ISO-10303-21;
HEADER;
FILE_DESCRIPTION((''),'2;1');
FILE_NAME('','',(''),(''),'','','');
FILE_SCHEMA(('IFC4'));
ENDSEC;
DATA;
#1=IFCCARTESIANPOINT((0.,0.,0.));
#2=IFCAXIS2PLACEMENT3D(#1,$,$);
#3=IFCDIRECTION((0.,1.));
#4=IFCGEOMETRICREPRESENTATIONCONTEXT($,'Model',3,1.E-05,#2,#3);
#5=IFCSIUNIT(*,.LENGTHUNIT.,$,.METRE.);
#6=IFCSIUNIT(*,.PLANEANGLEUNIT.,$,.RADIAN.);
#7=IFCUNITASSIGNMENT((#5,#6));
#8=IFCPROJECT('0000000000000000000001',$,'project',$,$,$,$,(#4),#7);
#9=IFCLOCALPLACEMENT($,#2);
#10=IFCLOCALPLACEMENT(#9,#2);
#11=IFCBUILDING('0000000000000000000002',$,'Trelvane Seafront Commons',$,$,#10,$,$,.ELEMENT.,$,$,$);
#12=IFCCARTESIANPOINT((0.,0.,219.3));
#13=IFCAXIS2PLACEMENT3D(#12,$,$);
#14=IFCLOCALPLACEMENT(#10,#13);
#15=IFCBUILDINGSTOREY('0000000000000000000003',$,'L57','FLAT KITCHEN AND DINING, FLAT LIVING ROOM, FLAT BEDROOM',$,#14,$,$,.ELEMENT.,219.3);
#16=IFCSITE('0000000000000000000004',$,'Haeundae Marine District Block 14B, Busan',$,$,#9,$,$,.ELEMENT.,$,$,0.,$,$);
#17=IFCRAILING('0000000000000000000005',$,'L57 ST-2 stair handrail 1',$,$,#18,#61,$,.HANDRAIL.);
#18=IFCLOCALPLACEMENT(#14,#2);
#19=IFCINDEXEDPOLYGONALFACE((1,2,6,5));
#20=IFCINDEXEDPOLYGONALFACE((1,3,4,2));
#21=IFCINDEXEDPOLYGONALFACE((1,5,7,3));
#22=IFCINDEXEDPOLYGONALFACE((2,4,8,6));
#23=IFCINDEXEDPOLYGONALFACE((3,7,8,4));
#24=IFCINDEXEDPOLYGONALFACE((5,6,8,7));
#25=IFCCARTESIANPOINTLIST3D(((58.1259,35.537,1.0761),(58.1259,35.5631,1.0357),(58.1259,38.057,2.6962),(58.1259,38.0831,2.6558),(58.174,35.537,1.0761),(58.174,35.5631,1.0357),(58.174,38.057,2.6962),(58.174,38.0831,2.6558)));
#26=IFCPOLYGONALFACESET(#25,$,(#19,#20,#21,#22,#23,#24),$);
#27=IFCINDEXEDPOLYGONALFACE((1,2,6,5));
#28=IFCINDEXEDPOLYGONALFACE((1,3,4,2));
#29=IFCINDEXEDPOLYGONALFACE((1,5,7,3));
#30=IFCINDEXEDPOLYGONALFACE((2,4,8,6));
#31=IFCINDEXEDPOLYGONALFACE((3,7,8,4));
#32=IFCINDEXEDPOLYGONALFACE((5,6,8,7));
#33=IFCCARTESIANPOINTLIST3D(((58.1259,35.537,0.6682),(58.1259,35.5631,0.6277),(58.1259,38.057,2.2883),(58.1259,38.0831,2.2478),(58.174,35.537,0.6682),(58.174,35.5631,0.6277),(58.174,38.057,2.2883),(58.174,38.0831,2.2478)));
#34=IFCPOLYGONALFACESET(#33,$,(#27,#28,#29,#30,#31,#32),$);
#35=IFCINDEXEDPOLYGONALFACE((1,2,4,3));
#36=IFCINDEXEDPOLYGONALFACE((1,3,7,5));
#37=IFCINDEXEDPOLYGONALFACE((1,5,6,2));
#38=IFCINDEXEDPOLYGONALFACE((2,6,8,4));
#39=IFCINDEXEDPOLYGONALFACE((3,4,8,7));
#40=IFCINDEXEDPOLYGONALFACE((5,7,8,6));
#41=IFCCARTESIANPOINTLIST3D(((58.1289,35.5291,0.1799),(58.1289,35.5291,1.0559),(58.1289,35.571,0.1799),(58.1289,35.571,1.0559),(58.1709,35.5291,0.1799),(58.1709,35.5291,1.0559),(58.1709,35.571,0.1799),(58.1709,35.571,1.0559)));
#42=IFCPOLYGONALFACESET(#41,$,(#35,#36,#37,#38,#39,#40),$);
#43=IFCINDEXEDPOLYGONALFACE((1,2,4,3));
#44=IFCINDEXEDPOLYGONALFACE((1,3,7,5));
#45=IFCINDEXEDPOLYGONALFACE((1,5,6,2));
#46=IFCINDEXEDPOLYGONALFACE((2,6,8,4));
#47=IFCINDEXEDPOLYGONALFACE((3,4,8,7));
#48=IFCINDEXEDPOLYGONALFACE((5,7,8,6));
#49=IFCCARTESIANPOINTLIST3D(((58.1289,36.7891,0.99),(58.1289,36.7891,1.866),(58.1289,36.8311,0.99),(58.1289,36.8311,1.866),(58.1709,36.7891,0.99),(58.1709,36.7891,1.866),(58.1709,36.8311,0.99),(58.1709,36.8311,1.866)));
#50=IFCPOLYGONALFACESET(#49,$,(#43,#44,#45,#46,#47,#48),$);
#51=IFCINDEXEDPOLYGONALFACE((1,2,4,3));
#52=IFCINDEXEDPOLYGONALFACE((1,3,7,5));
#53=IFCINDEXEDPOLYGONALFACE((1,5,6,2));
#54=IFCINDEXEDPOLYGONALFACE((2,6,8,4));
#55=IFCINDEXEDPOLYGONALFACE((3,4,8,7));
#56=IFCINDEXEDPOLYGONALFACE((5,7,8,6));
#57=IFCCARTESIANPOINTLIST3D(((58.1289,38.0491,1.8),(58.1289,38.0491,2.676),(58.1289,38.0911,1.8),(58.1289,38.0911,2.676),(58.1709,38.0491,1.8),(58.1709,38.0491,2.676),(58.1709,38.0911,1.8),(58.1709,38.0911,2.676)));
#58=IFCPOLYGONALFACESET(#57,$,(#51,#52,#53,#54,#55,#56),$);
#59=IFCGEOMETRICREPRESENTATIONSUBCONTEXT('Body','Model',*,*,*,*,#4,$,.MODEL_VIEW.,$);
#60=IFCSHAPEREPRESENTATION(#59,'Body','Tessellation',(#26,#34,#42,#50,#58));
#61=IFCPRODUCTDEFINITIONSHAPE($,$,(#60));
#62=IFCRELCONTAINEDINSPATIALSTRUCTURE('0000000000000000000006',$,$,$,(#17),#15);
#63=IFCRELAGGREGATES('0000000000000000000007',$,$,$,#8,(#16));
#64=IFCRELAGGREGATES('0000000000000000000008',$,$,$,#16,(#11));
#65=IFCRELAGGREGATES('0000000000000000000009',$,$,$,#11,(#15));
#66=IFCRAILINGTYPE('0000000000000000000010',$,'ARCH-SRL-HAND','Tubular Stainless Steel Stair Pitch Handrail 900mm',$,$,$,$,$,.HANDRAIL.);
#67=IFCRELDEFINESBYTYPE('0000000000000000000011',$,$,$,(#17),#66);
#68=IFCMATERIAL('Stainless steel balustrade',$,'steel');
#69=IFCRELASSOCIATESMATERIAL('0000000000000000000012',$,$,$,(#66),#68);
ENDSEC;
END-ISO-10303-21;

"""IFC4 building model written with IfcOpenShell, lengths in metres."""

from ifc_helpers import new_model, si_unit, direction, frame, origin, origin_2d, place, context, subcontext, project, spatial, rectangle, extrude, material, type_object, element, save


model = new_model("IFC4")

# Units and contexts
model_context = context("Model", 3, precision=1e-05, world=origin(), true_north=direction((0.0, 1.0)))
body_context = subcontext(model_context, "Body", "Model", "MODEL_VIEW")
ifc_project = project(units=[si_unit("LENGTHUNIT", "METRE"), si_unit("PLANEANGLEUNIT", "RADIAN")], contexts=[model_context])

# Site, building, storey
site_placement = place(None, origin())
site = spatial("IfcSite", under=ifc_project, at=site_placement, Name="Haeundae Marine District Block 14B, Busan", CompositionType="ELEMENT", RefElevation=0.0)
building_placement = place(site_placement, origin())
building = spatial("IfcBuilding", under=site, at=building_placement, Name="Trelvane Seafront Commons", CompositionType="ELEMENT")
storey_placement = place(building_placement, frame((0.0, 0.0, 219.3)))
storey = spatial("IfcBuildingStorey", under=building, at=storey_placement, Name="L57", Description="FLAT KITCHEN AND DINING, FLAT LIVING ROOM, FLAT BEDROOM", CompositionType="ELEMENT", Elevation=219.3)

# Railing
ifc_material_1 = material(Name="Stainless steel balustrade", Category="steel")
railing_type_1 = type_object("IfcRailingType", Name="ARCH-SRL-HAND", Description="Tubular Stainless Steel Stair Pitch Handrail 900mm", PredefinedType="HANDRAIL", material=ifc_material_1)
railing_1_placement = place(storey_placement, frame((58.1499, 35.55, 0.1799)))
element("IfcRailing", 1, at=railing_1_placement, inside=storey, type_object=railing_type_1, Name="L57 ST-2 stair handrail 1", PredefinedType="HANDRAIL", context=body_context, shape_type="SweptSolid", body=[
    extrude(rectangle(XDim=0.0481, YDim=0.0481, at=origin_2d()), frame((0.0, 0.0, 0.876), z_axis=(0.0, 0.841163, 0.540782), x_axis=(-1.0, 0.0, 0.0)), (0.0, 0.0, 1.0), 2.9958),
    extrude(rectangle(XDim=0.0481, YDim=0.0481, at=origin_2d()), frame((0.0, 0.0, 0.468), z_axis=(0.0, 0.841163, 0.540782), x_axis=(-1.0, 0.0, 0.0)), (0.0, 0.0, 1.0), 2.9958),
    extrude(rectangle(XDim=0.042, YDim=0.042, at=origin_2d()), origin(), (0.0, 0.0, 1.0), 0.876),
    extrude(rectangle(XDim=0.042, YDim=0.042, at=origin_2d()), frame((0.0, 1.26, 0.8101)), (0.0, 0.0, 1.0), 0.876),
    extrude(rectangle(XDim=0.042, YDim=0.042, at=origin_2d()), frame((0.0, 2.52, 1.6201)), (0.0, 0.0, 1.0), 0.876),
])

save(model, "model.ifc")
